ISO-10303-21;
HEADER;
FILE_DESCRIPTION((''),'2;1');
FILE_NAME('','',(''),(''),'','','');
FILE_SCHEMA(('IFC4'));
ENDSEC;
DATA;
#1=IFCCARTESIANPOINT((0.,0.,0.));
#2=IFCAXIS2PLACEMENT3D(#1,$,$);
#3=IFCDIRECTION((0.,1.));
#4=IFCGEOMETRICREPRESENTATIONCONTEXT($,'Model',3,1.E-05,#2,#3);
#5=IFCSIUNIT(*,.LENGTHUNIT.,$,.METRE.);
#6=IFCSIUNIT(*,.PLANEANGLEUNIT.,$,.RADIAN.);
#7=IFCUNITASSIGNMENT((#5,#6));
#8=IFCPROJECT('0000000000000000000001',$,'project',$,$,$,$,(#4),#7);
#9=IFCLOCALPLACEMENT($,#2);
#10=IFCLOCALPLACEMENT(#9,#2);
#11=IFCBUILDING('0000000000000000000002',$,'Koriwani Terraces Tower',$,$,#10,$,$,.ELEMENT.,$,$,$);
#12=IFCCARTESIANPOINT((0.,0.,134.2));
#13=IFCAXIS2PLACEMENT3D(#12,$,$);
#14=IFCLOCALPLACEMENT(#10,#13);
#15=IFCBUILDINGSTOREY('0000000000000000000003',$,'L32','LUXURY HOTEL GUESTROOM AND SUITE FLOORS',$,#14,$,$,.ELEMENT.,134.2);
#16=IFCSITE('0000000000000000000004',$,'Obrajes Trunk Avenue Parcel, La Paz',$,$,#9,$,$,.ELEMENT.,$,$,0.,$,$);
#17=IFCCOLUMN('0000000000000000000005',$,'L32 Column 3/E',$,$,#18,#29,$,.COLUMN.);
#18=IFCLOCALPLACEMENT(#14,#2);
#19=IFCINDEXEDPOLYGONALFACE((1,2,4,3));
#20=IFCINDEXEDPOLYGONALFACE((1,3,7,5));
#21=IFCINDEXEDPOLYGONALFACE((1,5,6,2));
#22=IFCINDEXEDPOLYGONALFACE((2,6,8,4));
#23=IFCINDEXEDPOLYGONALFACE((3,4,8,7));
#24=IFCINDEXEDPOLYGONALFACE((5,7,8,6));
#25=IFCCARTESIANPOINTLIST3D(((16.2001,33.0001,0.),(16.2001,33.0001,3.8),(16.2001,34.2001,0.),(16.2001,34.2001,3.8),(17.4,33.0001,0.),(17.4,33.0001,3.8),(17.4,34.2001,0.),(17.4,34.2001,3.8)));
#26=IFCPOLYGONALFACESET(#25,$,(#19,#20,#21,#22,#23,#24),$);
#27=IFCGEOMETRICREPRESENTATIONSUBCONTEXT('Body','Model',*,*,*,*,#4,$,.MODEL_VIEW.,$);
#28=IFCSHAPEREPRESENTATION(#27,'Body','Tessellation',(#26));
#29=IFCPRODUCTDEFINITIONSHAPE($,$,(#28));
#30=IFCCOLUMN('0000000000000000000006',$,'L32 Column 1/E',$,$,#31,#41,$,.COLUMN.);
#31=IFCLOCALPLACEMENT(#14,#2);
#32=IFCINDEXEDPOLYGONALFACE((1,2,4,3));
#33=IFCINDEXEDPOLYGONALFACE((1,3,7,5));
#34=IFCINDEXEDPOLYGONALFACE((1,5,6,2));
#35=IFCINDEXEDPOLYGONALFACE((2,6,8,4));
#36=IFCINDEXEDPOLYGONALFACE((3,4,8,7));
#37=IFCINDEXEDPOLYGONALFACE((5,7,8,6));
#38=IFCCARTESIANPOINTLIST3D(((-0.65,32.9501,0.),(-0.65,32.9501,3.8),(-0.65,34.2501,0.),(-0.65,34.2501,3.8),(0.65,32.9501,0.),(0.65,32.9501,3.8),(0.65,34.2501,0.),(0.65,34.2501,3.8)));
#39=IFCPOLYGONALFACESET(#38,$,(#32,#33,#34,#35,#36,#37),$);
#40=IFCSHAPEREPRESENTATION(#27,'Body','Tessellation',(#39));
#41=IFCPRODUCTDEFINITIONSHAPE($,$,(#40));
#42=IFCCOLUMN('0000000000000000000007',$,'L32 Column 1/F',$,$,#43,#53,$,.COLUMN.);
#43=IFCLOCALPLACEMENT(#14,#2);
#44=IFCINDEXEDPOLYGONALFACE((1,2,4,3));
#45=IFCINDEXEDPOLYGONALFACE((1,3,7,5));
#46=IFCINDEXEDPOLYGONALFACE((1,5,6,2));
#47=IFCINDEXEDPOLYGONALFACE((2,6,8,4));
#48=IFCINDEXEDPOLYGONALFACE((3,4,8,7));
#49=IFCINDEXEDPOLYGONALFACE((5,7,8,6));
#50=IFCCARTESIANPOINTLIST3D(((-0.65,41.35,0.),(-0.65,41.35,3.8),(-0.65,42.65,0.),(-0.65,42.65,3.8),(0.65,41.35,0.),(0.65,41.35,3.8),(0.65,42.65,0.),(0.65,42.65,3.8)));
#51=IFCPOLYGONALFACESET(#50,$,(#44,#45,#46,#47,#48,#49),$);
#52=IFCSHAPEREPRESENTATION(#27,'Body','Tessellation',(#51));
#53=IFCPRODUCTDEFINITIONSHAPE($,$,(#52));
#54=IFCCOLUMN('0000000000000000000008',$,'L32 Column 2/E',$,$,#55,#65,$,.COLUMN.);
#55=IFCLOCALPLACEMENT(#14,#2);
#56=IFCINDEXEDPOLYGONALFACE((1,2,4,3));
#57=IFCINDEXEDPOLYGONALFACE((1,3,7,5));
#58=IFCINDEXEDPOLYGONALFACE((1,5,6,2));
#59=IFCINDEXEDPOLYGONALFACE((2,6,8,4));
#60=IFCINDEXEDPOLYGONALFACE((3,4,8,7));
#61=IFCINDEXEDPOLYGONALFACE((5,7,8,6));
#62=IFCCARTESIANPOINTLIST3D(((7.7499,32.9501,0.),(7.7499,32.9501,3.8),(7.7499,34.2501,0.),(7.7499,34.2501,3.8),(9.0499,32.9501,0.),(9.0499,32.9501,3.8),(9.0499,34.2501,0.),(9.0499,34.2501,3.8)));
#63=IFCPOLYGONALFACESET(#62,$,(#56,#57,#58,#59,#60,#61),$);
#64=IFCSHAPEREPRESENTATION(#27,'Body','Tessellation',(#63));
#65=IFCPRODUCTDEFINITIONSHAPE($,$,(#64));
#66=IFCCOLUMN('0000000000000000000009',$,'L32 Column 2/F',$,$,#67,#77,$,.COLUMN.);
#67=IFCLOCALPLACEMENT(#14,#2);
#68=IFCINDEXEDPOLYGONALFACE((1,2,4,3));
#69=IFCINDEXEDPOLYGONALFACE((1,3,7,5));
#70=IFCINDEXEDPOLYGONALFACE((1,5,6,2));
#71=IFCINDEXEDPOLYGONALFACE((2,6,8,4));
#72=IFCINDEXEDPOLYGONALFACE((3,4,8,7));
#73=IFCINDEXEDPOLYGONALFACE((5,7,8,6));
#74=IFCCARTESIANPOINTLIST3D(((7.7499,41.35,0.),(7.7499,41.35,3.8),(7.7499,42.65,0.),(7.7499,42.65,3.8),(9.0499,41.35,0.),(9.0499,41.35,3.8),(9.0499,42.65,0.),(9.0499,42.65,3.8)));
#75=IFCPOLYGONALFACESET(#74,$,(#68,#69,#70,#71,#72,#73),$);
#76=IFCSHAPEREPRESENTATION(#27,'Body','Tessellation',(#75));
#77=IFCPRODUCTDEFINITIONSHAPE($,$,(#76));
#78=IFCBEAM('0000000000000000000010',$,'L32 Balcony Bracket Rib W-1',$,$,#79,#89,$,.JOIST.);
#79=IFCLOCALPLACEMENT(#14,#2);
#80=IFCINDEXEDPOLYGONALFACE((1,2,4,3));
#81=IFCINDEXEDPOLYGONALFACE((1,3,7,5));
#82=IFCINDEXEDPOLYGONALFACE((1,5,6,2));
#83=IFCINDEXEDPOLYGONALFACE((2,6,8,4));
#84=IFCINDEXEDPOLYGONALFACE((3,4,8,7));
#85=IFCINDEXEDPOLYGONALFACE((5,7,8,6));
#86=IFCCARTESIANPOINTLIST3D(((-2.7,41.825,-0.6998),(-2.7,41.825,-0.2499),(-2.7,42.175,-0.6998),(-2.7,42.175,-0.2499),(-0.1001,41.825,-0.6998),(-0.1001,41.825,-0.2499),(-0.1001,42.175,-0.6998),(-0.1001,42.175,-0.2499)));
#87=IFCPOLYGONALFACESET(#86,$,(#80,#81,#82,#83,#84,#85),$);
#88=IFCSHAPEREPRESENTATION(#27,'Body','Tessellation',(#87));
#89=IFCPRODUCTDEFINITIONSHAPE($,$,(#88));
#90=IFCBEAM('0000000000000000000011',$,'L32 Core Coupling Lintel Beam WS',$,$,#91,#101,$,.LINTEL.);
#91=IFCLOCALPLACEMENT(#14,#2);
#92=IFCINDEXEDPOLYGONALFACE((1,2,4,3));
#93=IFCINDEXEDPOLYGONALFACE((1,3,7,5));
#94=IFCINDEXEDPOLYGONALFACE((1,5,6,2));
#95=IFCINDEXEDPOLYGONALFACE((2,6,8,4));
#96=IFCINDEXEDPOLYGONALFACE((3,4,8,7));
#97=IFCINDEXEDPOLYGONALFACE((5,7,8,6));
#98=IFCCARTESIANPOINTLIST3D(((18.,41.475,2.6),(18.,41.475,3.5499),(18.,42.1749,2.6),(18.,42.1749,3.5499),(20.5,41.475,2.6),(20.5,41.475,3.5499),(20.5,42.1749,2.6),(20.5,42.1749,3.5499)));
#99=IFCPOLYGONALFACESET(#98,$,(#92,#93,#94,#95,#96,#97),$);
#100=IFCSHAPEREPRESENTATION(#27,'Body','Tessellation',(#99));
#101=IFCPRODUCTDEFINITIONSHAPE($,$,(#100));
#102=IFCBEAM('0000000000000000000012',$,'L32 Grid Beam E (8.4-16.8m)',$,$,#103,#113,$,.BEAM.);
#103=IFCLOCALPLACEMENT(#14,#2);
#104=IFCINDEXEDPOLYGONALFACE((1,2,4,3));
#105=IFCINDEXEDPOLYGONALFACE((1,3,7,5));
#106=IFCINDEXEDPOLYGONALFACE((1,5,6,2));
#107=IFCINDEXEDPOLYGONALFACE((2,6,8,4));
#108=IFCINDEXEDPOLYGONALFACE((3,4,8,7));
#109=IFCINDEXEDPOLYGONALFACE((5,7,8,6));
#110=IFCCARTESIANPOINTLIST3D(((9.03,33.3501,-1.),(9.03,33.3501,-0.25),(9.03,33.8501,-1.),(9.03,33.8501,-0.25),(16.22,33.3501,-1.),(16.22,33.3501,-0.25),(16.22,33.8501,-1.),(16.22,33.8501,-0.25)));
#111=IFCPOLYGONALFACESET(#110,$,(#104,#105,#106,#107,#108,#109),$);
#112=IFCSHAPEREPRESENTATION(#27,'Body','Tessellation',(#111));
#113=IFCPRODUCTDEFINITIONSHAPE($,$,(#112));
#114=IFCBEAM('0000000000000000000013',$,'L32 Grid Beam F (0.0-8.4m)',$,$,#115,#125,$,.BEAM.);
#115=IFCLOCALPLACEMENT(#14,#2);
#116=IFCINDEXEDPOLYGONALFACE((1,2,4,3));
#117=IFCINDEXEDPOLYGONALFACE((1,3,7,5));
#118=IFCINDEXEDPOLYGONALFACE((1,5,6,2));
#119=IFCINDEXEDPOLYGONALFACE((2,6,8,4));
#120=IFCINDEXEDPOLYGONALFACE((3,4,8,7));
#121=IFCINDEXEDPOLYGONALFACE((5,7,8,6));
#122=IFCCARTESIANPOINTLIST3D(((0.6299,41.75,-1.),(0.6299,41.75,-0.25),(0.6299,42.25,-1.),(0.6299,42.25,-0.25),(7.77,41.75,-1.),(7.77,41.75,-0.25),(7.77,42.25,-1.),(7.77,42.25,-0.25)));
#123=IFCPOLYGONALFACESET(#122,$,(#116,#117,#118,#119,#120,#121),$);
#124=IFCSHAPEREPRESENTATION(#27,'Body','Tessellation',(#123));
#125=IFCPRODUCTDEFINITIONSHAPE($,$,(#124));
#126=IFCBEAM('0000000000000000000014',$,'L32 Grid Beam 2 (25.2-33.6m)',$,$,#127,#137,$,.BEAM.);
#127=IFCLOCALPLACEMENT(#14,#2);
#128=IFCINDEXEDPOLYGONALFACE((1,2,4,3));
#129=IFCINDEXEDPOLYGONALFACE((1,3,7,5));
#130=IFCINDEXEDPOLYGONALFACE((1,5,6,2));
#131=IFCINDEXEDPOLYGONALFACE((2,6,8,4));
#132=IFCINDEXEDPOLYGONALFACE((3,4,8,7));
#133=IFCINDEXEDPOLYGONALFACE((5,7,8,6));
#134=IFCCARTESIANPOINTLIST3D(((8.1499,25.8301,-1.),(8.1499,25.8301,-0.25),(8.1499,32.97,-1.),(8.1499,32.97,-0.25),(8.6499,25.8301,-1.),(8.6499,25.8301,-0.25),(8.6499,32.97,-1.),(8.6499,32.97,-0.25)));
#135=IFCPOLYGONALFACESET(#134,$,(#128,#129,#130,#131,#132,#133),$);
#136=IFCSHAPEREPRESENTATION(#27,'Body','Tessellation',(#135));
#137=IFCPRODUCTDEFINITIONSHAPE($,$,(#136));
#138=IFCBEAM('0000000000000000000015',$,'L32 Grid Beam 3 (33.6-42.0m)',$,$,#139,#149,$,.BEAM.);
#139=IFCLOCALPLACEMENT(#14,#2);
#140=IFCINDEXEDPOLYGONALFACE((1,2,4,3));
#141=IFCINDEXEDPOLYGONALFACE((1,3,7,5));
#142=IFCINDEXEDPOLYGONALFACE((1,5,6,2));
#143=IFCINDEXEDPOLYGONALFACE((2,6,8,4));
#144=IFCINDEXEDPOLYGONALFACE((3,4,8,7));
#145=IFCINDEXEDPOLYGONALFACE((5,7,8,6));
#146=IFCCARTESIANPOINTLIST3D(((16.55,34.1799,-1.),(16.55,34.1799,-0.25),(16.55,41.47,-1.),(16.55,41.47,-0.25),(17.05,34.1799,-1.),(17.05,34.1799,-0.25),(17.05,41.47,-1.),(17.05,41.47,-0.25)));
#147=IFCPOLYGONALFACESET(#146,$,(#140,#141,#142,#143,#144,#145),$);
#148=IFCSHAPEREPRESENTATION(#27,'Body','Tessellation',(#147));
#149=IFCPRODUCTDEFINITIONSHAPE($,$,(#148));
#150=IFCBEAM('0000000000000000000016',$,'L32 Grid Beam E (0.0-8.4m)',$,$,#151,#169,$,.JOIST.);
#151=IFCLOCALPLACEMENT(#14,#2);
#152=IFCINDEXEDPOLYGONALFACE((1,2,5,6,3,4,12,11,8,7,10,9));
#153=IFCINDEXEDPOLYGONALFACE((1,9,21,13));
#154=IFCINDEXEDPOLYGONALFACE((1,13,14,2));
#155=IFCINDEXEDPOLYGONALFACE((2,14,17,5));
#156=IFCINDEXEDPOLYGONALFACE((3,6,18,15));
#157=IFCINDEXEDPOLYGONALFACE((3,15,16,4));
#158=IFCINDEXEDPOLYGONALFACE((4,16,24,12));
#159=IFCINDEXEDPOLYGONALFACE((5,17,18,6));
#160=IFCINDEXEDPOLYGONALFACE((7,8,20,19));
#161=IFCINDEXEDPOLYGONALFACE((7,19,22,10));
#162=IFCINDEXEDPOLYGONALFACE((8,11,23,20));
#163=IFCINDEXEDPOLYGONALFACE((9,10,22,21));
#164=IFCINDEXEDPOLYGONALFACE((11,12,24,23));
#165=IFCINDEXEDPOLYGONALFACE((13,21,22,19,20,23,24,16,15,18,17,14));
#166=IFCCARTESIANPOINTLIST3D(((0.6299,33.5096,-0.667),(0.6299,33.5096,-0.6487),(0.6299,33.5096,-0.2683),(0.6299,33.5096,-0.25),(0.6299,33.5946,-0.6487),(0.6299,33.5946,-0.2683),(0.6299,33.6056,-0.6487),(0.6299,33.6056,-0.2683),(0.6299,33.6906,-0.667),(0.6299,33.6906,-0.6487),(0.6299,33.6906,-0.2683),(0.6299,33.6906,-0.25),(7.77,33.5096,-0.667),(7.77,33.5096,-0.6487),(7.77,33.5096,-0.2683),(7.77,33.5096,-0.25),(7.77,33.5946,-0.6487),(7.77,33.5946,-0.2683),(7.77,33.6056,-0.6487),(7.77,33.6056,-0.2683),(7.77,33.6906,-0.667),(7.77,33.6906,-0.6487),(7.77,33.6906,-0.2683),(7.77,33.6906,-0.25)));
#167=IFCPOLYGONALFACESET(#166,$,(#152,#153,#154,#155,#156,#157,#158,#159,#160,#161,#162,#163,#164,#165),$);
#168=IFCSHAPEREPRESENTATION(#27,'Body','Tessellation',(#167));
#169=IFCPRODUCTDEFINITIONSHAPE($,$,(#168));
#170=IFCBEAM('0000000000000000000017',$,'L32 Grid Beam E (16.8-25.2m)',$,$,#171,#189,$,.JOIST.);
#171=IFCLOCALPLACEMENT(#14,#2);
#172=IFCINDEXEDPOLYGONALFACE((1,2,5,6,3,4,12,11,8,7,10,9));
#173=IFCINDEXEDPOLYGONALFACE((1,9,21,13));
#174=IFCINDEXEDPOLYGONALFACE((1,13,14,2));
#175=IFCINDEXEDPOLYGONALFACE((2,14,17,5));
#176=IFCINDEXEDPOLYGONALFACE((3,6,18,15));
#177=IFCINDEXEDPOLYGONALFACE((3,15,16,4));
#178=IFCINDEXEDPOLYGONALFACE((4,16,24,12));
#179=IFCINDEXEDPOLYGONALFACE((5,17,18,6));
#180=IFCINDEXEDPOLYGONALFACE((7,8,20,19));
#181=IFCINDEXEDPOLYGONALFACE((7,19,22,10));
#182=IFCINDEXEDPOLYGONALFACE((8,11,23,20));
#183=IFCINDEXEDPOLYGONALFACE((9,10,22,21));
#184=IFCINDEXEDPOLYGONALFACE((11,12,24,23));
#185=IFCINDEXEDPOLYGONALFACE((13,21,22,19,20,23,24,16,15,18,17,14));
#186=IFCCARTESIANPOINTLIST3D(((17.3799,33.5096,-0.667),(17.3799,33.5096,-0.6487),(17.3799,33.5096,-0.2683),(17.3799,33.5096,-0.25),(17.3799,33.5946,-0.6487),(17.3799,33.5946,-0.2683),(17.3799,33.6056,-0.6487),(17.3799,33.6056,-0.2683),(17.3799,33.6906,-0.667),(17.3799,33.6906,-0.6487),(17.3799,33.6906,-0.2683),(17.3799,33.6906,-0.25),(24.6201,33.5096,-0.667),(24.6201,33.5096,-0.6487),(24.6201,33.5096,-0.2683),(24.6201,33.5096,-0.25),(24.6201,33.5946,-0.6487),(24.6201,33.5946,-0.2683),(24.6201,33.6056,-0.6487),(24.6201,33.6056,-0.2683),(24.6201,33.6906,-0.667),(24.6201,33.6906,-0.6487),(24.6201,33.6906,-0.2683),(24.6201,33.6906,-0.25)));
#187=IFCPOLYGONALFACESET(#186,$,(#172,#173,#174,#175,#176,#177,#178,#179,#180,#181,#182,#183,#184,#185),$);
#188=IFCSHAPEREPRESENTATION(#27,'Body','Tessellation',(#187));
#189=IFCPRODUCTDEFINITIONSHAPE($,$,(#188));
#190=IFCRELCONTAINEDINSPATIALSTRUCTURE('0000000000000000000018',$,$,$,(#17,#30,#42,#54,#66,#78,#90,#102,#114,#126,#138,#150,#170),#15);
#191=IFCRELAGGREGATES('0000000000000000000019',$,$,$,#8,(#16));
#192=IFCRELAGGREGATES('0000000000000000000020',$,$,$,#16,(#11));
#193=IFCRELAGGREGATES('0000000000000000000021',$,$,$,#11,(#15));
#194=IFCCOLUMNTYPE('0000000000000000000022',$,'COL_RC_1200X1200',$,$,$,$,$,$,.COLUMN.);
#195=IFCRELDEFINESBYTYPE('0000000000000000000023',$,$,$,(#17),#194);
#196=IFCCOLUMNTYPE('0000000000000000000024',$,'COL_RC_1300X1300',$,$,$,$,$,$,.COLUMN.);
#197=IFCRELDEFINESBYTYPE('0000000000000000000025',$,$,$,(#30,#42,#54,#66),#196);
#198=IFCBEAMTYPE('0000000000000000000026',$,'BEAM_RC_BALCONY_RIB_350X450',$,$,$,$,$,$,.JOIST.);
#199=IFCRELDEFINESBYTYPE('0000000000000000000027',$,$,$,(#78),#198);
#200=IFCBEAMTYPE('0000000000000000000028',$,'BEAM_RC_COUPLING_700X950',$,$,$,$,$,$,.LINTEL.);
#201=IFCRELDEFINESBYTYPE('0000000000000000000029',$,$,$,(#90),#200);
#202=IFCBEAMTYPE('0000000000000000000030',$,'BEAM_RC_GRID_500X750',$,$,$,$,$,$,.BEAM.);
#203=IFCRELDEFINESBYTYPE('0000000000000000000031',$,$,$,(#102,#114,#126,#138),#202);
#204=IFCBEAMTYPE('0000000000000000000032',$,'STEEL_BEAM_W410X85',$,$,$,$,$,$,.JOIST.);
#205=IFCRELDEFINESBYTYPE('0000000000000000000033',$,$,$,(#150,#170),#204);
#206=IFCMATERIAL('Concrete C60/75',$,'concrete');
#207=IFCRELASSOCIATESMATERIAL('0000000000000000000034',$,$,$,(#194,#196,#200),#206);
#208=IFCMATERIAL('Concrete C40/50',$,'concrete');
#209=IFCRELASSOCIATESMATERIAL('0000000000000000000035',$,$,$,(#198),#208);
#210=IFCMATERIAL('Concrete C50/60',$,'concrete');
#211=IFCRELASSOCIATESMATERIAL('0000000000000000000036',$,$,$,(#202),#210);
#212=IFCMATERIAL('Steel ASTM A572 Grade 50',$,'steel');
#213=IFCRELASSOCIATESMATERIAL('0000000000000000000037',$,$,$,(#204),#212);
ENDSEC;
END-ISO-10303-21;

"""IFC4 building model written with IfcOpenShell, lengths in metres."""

from ifc_helpers import new_model, si_unit, direction, frame, origin, origin_2d, place, context, subcontext, project, spatial, rectangle, i_section, extrude, material, material_profile, profile_set, type_object, element, save


model = new_model("IFC4")

# Units and contexts
model_context = context("Model", 3, precision=1e-05, world=origin(), true_north=direction((0.0, 1.0)))
body_context = subcontext(model_context, "Body", "Model", "MODEL_VIEW")
ifc_project = project(units=[si_unit("LENGTHUNIT", "METRE"), si_unit("PLANEANGLEUNIT", "RADIAN")], contexts=[model_context])

# Site, building, storey
site_placement = place(None, origin())
site = spatial("IfcSite", under=ifc_project, at=site_placement, Name="Obrajes Trunk Avenue Parcel, La Paz", CompositionType="ELEMENT", RefElevation=0.0)
building_placement = place(site_placement, origin())
building = spatial("IfcBuilding", under=site, at=building_placement, Name="Koriwani Terraces Tower", CompositionType="ELEMENT")
storey_placement = place(building_placement, frame((0.0, 0.0, 134.2)))
storey = spatial("IfcBuildingStorey", under=building, at=storey_placement, Name="L32", Description="LUXURY HOTEL GUESTROOM AND SUITE FLOORS", CompositionType="ELEMENT", Elevation=134.2)

# Columns
ifc_material_1 = material(Name="Concrete C60/75", Category="concrete")
ifc_material_profile_1 = material_profile(ifc_material_1, rectangle(XDim=1.2, YDim=1.2, at=origin_2d()), Name="Concrete C60/75", Category="LoadBearing")
ifc_profile_set_1 = profile_set([ifc_material_profile_1], Name="Concrete C60/75")
column_type_1 = type_object("IfcColumnType", Name="COL_RC_1200X1200", PredefinedType="COLUMN", material=ifc_profile_set_1)
column_placement = place(storey_placement, frame((16.8, 33.6001, 0.0), z_axis=(0.0, 0.0, 1.0), x_axis=(1.0, 0.0, 0.0)))
element("IfcColumn", 1, at=column_placement, inside=storey, type_object=column_type_1, Name="L32 Column 3/E", PredefinedType="COLUMN", context=body_context, shape_type="SweptSolid", body=[
    extrude(rectangle(XDim=1.2, YDim=1.2, at=origin_2d()), origin(), (0.0, 0.0, 1.0), 3.8),
])
ifc_material_profile_2 = material_profile(ifc_material_1, rectangle(XDim=1.3, YDim=1.3, at=origin_2d()), Name="Concrete C60/75", Category="LoadBearing")
ifc_profile_set_2 = profile_set([ifc_material_profile_2], Name="Concrete C60/75")
column_type_2 = type_object("IfcColumnType", Name="COL_RC_1300X1300", PredefinedType="COLUMN", material=ifc_profile_set_2)
for number, where, z_axis, x_axis, name in (
    (2, (0.0, 33.6001, 0.0), (0.0, 0.0, 1.0), (1.0, 0.0, 0.0), "L32 Column 1/E"),
    (3, (0.0, 42.0, 0.0), (0.0, 0.0, 1.0), (1.0, 0.0, 0.0), "L32 Column 1/F"),
    (4, (8.3999, 33.6001, 0.0), (0.0, 0.0, 1.0), (1.0, 0.0, 0.0), "L32 Column 2/E"),
    (5, (8.3999, 42.0, 0.0), (0.0, 0.0, 1.0), (1.0, 0.0, 0.0), "L32 Column 2/F"),
):
    element("IfcColumn", number, at=place(storey_placement, frame(where, z_axis=z_axis, x_axis=x_axis)), inside=storey, type_object=column_type_2, Name=name, PredefinedType="COLUMN", context=body_context, shape_type="SweptSolid", body=[
        extrude(rectangle(XDim=1.3, YDim=1.3, at=origin_2d()), origin(), (0.0, 0.0, 1.0), 3.8),
    ])

# Beams
ifc_material_2 = material(Name="Concrete C40/50", Category="concrete")
ifc_material_profile_3 = material_profile(ifc_material_2, rectangle(XDim=0.3501, YDim=0.45, at=origin_2d()), Name="Concrete C40/50", Category="LoadBearing")
ifc_profile_set_3 = profile_set([ifc_material_profile_3], Name="Concrete C40/50")
beam_type_1 = type_object("IfcBeamType", Name="BEAM_RC_BALCONY_RIB_350X450", PredefinedType="JOIST", material=ifc_profile_set_3)
beam_1_placement = place(storey_placement, frame((-2.7, 42.0, -0.4749), z_axis=(1.0, 0.0, 0.0), x_axis=(0.0, 1.0, 0.0)))
element("IfcBeam", 6, at=beam_1_placement, inside=storey, type_object=beam_type_1, Name="L32 Balcony Bracket Rib W-1", PredefinedType="JOIST", context=body_context, shape_type="SweptSolid", body=[
    extrude(rectangle(XDim=0.3501, YDim=0.45, at=origin_2d()), origin(), (0.0, 0.0, 1.0), 2.5999),
])
ifc_material_profile_4 = material_profile(ifc_material_1, rectangle(XDim=0.7, YDim=0.95, at=origin_2d()), Name="Concrete C60/75", Category="LoadBearing")
ifc_profile_set_4 = profile_set([ifc_material_profile_4], Name="Concrete C60/75")
beam_type_2 = type_object("IfcBeamType", Name="BEAM_RC_COUPLING_700X950", PredefinedType="LINTEL", material=ifc_profile_set_4)
beam_2_placement = place(storey_placement, frame((18.0, 41.825, 3.075), z_axis=(1.0, 0.0, 0.0), x_axis=(0.0, 1.0, 0.0)))
element("IfcBeam", 7, at=beam_2_placement, inside=storey, type_object=beam_type_2, Name="L32 Core Coupling Lintel Beam WS", PredefinedType="LINTEL", context=body_context, shape_type="SweptSolid", body=[
    extrude(rectangle(XDim=0.7, YDim=0.95, at=origin_2d()), origin(), (0.0, 0.0, 1.0), 2.5),
])
ifc_material_3 = material(Name="Concrete C50/60", Category="concrete")
ifc_material_profile_5 = material_profile(ifc_material_3, rectangle(XDim=0.5, YDim=0.75, at=origin_2d()), Name="Concrete C50/60", Category="LoadBearing")
ifc_profile_set_5 = profile_set([ifc_material_profile_5], Name="Concrete C50/60")
beam_type_3 = type_object("IfcBeamType", Name="BEAM_RC_GRID_500X750", PredefinedType="BEAM", material=ifc_profile_set_5)
beam_3_placement = place(storey_placement, frame((9.03, 33.6001, -0.625), z_axis=(1.0, 0.0, 0.0), x_axis=(0.0, 1.0, 0.0)))
element("IfcBeam", 8, at=beam_3_placement, inside=storey, type_object=beam_type_3, Name="L32 Grid Beam E (8.4-16.8m)", PredefinedType="BEAM", context=body_context, shape_type="SweptSolid", body=[
    extrude(rectangle(XDim=0.5, YDim=0.75, at=origin_2d()), origin(), (0.0, 0.0, 1.0), 7.1899),
])
beam_4_placement = place(storey_placement, frame((0.6299, 42.0, -0.625), z_axis=(1.0, 0.0, 0.0), x_axis=(0.0, 1.0, 0.0)))
element("IfcBeam", 9, at=beam_4_placement, inside=storey, type_object=beam_type_3, Name="L32 Grid Beam F (0.0-8.4m)", PredefinedType="BEAM", context=body_context, shape_type="SweptSolid", body=[
    extrude(rectangle(XDim=0.5, YDim=0.75, at=origin_2d()), origin(), (0.0, 0.0, 1.0), 7.1401),
])
beam_5_placement = place(storey_placement, frame((8.3999, 25.8301, -0.625), z_axis=(0.0, 1.0, 0.0), x_axis=(-1.0, 0.0, 0.0)))
element("IfcBeam", 10, at=beam_5_placement, inside=storey, type_object=beam_type_3, Name="L32 Grid Beam 2 (25.2-33.6m)", PredefinedType="BEAM", context=body_context, shape_type="SweptSolid", body=[
    extrude(rectangle(XDim=0.5, YDim=0.75, at=origin_2d()), origin(), (0.0, 0.0, 1.0), 7.1399),
])
beam_6_placement = place(storey_placement, frame((16.8, 34.1799, -0.625), z_axis=(0.0, 1.0, 0.0), x_axis=(-1.0, 0.0, 0.0)))
element("IfcBeam", 11, at=beam_6_placement, inside=storey, type_object=beam_type_3, Name="L32 Grid Beam 3 (33.6-42.0m)", PredefinedType="BEAM", context=body_context, shape_type="SweptSolid", body=[
    extrude(rectangle(XDim=0.5, YDim=0.75, at=origin_2d()), origin(), (0.0, 0.0, 1.0), 7.29),
])
ifc_material_4 = material(Name="Steel ASTM A572 Grade 50", Category="steel")
ifc_material_profile_6 = material_profile(ifc_material_4, i_section(OverallWidth=0.1809, OverallDepth=0.417, WebThickness=0.011, FlangeThickness=0.0183, at=origin_2d()), Name="Steel ASTM A572 Grade 50", Category="LoadBearing")
ifc_profile_set_6 = profile_set([ifc_material_profile_6], Name="Steel ASTM A572 Grade 50")
beam_type_4 = type_object("IfcBeamType", Name="STEEL_BEAM_W410X85", PredefinedType="JOIST", material=ifc_profile_set_6)
beam_7_placement = place(storey_placement, frame((0.6299, 33.6001, -0.4585), z_axis=(1.0, 0.0, 0.0), x_axis=(0.0, 1.0, 0.0)))
element("IfcBeam", 12, at=beam_7_placement, inside=storey, type_object=beam_type_4, Name="L32 Grid Beam E (0.0-8.4m)", PredefinedType="JOIST", context=body_context, shape_type="SweptSolid", body=[
    extrude(i_section(OverallWidth=0.1809, OverallDepth=0.417, WebThickness=0.011, FlangeThickness=0.0183, at=origin_2d()), origin(), (0.0, 0.0, 1.0), 7.1401),
])
beam_8_placement = place(storey_placement, frame((17.3799, 33.6001, -0.4585), z_axis=(1.0, 0.0, 0.0), x_axis=(0.0, 1.0, 0.0)))
element("IfcBeam", 13, at=beam_8_placement, inside=storey, type_object=beam_type_4, Name="L32 Grid Beam E (16.8-25.2m)", PredefinedType="JOIST", context=body_context, shape_type="SweptSolid", body=[
    extrude(i_section(OverallWidth=0.1809, OverallDepth=0.417, WebThickness=0.011, FlangeThickness=0.0183, at=origin_2d()), origin(), (0.0, 0.0, 1.0), 7.2402),
])

save(model, "model.ifc")
